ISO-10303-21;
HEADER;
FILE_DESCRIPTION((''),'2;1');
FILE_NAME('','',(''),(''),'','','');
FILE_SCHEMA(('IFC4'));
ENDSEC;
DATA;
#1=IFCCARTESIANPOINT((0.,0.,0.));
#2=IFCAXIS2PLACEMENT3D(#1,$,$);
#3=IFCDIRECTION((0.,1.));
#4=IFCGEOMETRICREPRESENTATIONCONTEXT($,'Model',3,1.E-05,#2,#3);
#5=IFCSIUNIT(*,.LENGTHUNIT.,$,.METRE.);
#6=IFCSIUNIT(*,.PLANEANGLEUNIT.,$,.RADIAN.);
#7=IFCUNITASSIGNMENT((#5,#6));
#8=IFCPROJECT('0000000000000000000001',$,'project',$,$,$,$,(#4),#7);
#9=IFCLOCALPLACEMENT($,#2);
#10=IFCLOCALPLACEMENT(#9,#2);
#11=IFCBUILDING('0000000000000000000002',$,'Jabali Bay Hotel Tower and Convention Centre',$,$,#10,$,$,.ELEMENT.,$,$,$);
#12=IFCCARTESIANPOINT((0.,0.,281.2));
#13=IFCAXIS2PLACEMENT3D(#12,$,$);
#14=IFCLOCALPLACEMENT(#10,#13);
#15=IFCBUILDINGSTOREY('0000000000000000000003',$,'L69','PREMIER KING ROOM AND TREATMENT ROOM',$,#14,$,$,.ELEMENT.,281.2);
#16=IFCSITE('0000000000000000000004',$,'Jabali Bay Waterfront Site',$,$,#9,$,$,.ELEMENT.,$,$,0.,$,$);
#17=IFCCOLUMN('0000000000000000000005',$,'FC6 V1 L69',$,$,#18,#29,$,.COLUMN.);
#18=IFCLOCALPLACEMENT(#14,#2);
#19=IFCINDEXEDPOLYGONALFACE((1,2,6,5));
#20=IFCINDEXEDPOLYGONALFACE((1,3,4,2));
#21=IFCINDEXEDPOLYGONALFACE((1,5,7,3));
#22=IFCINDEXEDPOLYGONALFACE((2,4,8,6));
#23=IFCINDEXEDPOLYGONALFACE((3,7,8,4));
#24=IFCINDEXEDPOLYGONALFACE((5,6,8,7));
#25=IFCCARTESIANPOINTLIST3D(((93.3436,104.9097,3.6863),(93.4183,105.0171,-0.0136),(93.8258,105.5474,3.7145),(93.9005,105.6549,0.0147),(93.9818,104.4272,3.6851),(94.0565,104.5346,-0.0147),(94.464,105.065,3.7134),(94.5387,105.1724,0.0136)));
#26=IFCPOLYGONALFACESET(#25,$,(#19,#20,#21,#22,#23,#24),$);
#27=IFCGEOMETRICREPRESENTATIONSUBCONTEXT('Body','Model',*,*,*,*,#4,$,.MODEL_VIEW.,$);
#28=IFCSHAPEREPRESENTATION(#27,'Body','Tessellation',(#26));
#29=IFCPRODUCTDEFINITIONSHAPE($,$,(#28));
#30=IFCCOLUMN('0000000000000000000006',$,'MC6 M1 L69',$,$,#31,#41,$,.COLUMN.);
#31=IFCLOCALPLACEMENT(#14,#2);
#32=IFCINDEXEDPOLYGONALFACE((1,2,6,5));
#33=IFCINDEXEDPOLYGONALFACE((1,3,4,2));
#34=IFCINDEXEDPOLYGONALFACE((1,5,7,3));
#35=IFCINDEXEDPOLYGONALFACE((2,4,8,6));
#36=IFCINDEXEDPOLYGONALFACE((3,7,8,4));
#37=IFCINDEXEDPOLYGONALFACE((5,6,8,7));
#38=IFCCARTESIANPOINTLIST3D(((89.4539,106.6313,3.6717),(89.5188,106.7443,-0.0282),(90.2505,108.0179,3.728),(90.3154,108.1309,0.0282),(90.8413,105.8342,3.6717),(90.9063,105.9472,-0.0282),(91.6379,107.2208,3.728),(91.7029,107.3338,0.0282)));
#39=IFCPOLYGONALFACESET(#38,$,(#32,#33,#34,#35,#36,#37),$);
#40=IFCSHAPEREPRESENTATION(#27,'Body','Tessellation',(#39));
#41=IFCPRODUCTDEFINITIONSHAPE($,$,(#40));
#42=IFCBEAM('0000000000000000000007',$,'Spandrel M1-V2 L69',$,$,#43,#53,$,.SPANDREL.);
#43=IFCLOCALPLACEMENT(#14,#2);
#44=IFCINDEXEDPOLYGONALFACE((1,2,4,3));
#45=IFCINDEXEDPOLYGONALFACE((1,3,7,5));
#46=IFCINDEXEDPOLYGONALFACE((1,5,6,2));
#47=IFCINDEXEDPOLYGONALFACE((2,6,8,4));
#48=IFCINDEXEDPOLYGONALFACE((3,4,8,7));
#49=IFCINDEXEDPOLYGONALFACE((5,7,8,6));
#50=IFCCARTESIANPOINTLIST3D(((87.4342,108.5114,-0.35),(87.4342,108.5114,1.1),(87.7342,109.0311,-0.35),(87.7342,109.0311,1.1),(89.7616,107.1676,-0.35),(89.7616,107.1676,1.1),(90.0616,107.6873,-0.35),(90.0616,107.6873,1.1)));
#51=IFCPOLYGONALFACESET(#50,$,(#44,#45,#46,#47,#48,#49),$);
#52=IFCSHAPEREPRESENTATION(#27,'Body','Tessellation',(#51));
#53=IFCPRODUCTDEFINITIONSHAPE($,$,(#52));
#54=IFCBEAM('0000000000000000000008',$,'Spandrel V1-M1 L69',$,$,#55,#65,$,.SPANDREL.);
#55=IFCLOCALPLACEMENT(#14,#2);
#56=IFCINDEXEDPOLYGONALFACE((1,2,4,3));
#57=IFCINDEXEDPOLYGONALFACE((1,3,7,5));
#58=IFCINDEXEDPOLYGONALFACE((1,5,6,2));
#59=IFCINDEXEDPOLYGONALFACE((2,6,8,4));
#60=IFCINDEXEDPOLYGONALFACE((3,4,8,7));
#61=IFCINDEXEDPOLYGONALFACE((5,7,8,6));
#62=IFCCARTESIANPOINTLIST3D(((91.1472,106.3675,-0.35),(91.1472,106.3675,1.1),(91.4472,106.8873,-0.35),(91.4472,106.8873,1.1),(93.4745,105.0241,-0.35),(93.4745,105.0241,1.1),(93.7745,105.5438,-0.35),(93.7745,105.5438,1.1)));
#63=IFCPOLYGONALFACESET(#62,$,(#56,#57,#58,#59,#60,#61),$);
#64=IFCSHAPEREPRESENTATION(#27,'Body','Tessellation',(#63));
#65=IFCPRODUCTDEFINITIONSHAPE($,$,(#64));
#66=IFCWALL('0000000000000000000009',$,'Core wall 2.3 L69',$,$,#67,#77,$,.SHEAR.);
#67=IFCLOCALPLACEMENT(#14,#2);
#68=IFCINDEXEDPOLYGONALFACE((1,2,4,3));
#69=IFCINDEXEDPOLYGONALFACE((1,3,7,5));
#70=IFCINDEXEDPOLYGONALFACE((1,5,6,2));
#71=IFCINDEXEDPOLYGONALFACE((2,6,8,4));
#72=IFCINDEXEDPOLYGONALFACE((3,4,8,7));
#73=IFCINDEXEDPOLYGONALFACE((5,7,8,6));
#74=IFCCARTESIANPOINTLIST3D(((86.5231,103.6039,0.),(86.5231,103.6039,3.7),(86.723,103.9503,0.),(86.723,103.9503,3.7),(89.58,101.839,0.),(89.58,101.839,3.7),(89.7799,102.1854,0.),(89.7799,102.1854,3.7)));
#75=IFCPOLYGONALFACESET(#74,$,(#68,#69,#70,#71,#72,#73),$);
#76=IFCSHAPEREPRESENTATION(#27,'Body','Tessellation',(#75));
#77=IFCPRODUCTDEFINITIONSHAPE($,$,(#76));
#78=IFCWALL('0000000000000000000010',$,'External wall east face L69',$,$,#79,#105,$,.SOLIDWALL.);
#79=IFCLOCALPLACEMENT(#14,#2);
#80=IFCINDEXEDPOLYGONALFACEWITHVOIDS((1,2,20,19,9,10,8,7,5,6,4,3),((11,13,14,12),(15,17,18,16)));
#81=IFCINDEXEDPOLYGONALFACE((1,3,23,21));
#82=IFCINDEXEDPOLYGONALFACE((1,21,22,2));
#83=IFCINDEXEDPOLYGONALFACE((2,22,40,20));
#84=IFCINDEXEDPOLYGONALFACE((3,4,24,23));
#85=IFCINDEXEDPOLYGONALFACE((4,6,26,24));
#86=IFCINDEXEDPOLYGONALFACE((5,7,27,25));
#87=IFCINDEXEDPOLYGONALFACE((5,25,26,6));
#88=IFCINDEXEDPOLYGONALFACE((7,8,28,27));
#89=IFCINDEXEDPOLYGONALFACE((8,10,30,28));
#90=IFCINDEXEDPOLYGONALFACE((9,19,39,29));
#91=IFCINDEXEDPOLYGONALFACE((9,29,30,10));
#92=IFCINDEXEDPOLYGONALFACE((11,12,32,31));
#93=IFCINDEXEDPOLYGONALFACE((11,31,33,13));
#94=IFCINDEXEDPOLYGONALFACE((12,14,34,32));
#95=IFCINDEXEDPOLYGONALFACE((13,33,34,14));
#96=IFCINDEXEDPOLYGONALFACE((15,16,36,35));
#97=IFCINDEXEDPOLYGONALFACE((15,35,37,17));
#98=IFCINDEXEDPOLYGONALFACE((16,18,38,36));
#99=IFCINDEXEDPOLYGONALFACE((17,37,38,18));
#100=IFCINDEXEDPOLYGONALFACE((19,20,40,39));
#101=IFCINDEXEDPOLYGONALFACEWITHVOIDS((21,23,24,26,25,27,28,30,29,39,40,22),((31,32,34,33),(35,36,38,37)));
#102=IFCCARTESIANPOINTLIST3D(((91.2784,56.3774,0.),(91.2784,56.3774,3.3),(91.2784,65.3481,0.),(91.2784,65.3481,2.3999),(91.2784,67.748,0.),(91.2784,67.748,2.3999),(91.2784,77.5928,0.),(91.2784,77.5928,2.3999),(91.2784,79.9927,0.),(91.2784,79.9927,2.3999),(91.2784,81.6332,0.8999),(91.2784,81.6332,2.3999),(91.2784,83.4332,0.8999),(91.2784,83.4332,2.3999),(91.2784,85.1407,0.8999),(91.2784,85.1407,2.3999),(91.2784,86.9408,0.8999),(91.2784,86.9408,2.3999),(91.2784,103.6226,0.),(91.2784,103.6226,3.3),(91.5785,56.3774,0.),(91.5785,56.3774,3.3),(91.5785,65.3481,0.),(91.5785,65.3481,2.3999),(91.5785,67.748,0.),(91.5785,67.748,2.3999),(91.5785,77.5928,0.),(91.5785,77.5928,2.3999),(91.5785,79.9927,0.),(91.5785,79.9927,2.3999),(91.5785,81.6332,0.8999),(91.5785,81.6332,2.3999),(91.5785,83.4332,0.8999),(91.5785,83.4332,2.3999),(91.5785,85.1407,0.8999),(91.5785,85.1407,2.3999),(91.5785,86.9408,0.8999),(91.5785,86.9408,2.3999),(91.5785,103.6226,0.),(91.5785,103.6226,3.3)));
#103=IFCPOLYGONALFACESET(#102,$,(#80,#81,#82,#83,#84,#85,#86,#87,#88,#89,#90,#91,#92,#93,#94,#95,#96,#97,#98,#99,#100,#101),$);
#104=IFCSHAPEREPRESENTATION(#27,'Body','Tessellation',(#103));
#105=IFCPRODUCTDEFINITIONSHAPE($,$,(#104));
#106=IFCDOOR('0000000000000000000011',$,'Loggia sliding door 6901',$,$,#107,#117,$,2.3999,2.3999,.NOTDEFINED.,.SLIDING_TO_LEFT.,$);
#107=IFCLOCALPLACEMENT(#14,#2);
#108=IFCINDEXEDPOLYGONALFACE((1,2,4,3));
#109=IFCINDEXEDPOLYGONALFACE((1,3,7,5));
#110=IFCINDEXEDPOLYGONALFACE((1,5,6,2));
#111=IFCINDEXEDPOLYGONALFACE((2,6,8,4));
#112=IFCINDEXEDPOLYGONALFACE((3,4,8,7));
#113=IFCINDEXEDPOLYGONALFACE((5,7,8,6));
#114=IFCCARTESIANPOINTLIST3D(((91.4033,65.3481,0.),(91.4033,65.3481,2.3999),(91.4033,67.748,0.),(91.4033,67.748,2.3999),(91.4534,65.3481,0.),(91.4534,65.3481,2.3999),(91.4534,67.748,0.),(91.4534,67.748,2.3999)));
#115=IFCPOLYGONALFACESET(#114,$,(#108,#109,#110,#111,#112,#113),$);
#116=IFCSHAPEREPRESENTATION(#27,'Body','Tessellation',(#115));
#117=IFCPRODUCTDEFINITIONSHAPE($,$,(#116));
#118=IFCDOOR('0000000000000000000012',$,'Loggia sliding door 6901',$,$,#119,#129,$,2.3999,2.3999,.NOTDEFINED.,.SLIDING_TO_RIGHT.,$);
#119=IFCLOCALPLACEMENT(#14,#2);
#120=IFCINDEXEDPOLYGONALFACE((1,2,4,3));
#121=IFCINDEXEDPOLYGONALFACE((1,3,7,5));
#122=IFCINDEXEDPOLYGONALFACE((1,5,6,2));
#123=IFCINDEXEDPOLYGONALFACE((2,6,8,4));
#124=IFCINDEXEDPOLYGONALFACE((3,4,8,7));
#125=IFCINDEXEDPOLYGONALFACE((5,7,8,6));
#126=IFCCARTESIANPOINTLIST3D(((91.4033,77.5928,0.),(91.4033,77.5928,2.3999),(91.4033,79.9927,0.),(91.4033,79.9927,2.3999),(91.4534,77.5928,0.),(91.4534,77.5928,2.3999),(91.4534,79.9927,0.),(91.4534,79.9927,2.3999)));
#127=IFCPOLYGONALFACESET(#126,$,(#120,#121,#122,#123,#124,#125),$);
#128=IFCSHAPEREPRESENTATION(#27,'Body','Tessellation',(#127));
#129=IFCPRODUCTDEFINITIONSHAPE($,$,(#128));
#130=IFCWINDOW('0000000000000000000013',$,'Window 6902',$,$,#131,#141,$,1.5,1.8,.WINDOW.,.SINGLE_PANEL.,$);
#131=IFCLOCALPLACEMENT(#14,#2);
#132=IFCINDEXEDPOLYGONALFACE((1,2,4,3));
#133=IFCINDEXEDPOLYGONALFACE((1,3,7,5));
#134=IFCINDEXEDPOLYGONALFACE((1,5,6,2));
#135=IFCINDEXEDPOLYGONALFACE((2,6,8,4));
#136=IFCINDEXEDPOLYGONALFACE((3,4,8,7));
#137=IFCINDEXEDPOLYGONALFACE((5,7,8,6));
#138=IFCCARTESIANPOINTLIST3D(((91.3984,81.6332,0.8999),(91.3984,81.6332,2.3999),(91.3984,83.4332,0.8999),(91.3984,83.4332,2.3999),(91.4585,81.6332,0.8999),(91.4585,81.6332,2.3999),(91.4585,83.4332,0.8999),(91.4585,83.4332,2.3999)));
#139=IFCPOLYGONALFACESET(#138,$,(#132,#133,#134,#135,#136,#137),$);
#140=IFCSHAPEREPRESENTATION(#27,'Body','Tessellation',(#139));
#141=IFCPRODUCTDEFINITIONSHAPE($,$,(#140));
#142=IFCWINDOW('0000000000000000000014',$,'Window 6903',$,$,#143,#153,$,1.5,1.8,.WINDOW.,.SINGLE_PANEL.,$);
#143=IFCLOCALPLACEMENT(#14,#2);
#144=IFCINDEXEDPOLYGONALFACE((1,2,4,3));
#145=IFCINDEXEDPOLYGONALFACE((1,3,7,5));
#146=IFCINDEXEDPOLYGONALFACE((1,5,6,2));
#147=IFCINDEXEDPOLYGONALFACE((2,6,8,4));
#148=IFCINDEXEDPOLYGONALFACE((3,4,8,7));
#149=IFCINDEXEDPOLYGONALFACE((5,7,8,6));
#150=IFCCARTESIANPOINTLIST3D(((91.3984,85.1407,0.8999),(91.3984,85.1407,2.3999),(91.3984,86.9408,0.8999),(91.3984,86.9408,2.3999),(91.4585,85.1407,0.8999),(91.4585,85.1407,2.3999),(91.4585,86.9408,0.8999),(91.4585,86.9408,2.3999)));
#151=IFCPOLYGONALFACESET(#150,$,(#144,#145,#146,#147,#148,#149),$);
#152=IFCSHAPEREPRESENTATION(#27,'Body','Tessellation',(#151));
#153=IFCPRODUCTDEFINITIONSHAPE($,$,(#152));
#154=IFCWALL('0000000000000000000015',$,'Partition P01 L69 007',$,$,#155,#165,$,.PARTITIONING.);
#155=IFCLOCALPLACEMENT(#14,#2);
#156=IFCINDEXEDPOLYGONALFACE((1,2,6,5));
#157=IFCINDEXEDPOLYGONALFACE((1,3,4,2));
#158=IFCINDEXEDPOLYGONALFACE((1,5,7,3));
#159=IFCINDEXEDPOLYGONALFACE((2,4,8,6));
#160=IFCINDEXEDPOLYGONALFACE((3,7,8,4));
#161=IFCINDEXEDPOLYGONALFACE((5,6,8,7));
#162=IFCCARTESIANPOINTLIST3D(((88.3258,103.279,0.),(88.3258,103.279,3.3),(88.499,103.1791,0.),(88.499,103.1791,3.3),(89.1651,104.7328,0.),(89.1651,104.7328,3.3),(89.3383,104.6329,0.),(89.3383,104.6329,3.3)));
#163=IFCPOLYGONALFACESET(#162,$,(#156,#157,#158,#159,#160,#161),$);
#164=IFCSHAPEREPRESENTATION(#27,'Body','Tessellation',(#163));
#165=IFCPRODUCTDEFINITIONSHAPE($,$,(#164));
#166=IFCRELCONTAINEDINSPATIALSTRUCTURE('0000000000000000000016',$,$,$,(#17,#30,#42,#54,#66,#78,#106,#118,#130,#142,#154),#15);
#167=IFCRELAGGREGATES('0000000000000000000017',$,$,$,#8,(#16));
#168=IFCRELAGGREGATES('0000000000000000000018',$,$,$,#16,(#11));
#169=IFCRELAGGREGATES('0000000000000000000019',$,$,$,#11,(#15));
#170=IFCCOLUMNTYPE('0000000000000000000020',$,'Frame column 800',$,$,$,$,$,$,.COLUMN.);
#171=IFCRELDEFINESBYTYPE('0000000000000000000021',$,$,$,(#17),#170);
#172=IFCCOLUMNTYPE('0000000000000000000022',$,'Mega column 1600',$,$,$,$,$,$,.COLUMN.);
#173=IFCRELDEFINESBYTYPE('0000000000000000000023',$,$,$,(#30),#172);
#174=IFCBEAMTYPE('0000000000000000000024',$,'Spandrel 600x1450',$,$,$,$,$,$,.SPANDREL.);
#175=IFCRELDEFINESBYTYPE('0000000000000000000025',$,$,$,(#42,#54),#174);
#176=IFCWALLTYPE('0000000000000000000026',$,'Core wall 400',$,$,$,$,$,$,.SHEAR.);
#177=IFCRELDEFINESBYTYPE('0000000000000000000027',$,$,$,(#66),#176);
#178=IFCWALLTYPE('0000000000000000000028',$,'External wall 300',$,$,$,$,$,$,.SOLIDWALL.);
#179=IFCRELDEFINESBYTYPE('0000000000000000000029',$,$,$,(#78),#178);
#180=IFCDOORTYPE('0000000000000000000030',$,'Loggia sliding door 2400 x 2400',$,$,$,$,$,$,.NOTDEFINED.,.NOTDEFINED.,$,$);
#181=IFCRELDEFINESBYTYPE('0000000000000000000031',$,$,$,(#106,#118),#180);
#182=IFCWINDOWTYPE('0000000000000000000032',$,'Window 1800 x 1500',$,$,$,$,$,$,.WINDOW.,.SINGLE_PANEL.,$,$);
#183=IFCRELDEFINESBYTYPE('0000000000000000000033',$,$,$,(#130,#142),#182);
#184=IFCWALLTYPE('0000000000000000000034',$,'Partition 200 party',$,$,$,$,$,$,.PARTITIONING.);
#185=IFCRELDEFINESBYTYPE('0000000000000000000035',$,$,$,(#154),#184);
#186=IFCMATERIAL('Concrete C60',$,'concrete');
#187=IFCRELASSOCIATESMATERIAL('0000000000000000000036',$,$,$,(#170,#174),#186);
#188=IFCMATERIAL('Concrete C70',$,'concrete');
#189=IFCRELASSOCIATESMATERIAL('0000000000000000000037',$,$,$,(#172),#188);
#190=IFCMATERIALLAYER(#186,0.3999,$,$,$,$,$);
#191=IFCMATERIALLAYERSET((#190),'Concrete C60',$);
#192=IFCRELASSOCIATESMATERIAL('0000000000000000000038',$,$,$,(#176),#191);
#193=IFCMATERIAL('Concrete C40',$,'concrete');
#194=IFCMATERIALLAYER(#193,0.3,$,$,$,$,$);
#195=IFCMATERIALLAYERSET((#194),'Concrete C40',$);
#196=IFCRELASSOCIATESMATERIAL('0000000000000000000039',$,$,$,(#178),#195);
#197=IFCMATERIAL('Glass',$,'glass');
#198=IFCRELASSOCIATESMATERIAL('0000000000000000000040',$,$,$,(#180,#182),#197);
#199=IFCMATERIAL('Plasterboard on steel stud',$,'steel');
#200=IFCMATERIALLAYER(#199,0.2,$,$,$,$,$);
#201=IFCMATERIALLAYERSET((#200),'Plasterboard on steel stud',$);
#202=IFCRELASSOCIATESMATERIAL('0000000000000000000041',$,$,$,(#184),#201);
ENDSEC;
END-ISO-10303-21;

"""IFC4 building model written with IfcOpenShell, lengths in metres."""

from ifc_helpers import new_model, si_unit, direction, frame, frame_2d, origin, origin_2d, place, context, subcontext, project, spatial, rectangle, extrude, material, layer, layer_set, material_profile, profile_set, type_object, element, fill, save


model = new_model("IFC4")

# Units and contexts
model_context = context("Model", 3, precision=1e-05, world=origin(), true_north=direction((0.0, 1.0)))
body_context = subcontext(model_context, "Body", "Model", "MODEL_VIEW")
ifc_project = project(units=[si_unit("LENGTHUNIT", "METRE"), si_unit("PLANEANGLEUNIT", "RADIAN")], contexts=[model_context])

# Site, building, storey
site_placement = place(None, origin())
site = spatial("IfcSite", under=ifc_project, at=site_placement, Name="Jabali Bay Waterfront Site", CompositionType="ELEMENT", RefElevation=0.0)
building_placement = place(site_placement, origin())
building = spatial("IfcBuilding", under=site, at=building_placement, Name="Jabali Bay Hotel Tower and Convention Centre", CompositionType="ELEMENT")
storey_placement = place(building_placement, frame((0.0, 0.0, 281.2)))
storey = spatial("IfcBuildingStorey", under=building, at=storey_placement, Name="L69", Description="PREMIER KING ROOM AND TREATMENT ROOM", CompositionType="ELEMENT", Elevation=281.2)

# Columns
ifc_material_1 = material(Name="Concrete C60", Category="concrete")
ifc_material_profile_1 = material_profile(ifc_material_1, rectangle(XDim=0.8, YDim=0.8, at=origin_2d()), Name="Frame column 800")
ifc_profile_set_1 = profile_set([ifc_material_profile_1], Name="Concrete C60")
column_type_1 = type_object("IfcColumnType", Name="Frame column 800", PredefinedType="COLUMN", material=ifc_profile_set_1)
column_1_placement = place(storey_placement, frame((93.9785, 105.0947, 0.0), z_axis=(-0.020179, -0.029015, 0.999375), x_axis=(0.60272, 0.797171, 0.035314)))
element("IfcColumn", 1, at=column_1_placement, inside=storey, type_object=column_type_1, Name="FC6 V1 L69", PredefinedType="COLUMN", context=body_context, shape_type="SweptSolid", body=[
    extrude(rectangle(XDim=0.8, YDim=0.8, at=origin_2d()), origin(), (0.0, 0.0, 1.0), 3.7021),
])
ifc_material_2 = material(Name="Concrete C70", Category="concrete")
ifc_material_profile_2 = material_profile(ifc_material_2, rectangle(XDim=1.6001, YDim=1.6001, at=origin_2d()), Name="Mega column 1600")
ifc_profile_set_2 = profile_set([ifc_material_profile_2], Name="Concrete C70")
column_type_2 = type_object("IfcColumnType", Name="Mega column 1600", PredefinedType="COLUMN", material=ifc_profile_set_2)
column_2_placement = place(storey_placement, frame((90.6108, 107.0391, 0.0), z_axis=(-0.017541, -0.030532, 0.99938), x_axis=(0.86709, -0.498152, 0.0)))
element("IfcColumn", 2, at=column_2_placement, inside=storey, type_object=column_type_2, Name="MC6 M1 L69", PredefinedType="COLUMN", context=body_context, shape_type="SweptSolid", body=[
    extrude(rectangle(XDim=1.6001, YDim=1.6001, at=origin_2d()), origin(), (0.0, 0.0, 1.0), 3.7021),
])

# Beams
ifc_material_profile_3 = material_profile(ifc_material_1, rectangle(XDim=0.6001, YDim=1.45, at=origin_2d()), Name="Spandrel 600x1450")
ifc_profile_set_3 = profile_set([ifc_material_profile_3], Name="Concrete C60")
beam_type = type_object("IfcBeamType", Name="Spandrel 600x1450", PredefinedType="SPANDREL", material=ifc_profile_set_3)
beam_1_placement = place(storey_placement, frame((89.9116, 107.4275, 0.375), z_axis=(-0.866021, 0.500008, 0.0), x_axis=(-0.500008, -0.866021, 0.0)))
element("IfcBeam", 3, at=beam_1_placement, inside=storey, type_object=beam_type, Name="Spandrel M1-V2 L69", PredefinedType="SPANDREL", context=body_context, shape_type="SweptSolid", body=[
    extrude(rectangle(XDim=0.6001, YDim=1.45, at=origin_2d()), origin(), (0.0, 0.0, 1.0), 2.6875),
])
beam_2_placement = place(storey_placement, frame((93.6245, 105.2839, 0.375), z_axis=(-0.86606, 0.49994, 0.0), x_axis=(-0.49994, -0.86606, 0.0)))
element("IfcBeam", 4, at=beam_2_placement, inside=storey, type_object=beam_type, Name="Spandrel V1-M1 L69", PredefinedType="SPANDREL", context=body_context, shape_type="SweptSolid", body=[
    extrude(rectangle(XDim=0.6001, YDim=1.45, at=origin_2d()), origin(), (0.0, 0.0, 1.0), 2.6873),
])

# Wall
ifc_layer_1 = layer(ifc_material_1, 0.3999)
ifc_layer_set_1 = layer_set([ifc_layer_1], Name="Concrete C60")
wall_type_1 = type_object("IfcWallType", Name="Core wall 400", PredefinedType="SHEAR", material=ifc_layer_set_1)
wall_1_placement = place(storey_placement, frame((89.6799, 102.0122, 0.0), z_axis=(0.0, 0.0, 1.0), x_axis=(-0.866025, 0.5, 0.0)))
element("IfcWall", 5, at=wall_1_placement, inside=storey, type_object=wall_type_1, Name="Core wall 2.3 L69", PredefinedType="SHEAR", context=body_context, shape_type="SweptSolid", body=[
    extrude(rectangle(XDim=3.5298, YDim=0.3999, at=frame_2d((1.7649, 0.0))), origin(), (0.0, 0.0, 1.0), 3.7),
])

# Wall, openings, doors, windows
ifc_material_3 = material(Name="Concrete C40", Category="concrete")
ifc_layer_2 = layer(ifc_material_3, 0.3)
ifc_layer_set_2 = layer_set([ifc_layer_2], Name="Concrete C40")
wall_type_2 = type_object("IfcWallType", Name="External wall 300", PredefinedType="SOLIDWALL", material=ifc_layer_set_2)
wall_2_placement = place(storey_placement, frame((91.4285, 103.6226, 0.0), z_axis=(0.0, 0.0, 1.0), x_axis=(0.0, -1.0, 0.0)))
wall_2 = element("IfcWall", 6, at=wall_2_placement, inside=storey, type_object=wall_type_2, Name="External wall east face L69", PredefinedType="SOLIDWALL", context=body_context, shape_type="SweptSolid", body=[
    extrude(rectangle(XDim=47.2451, YDim=0.3, at=frame_2d((23.6226, 0.0))), origin(), (0.0, 0.0, 1.0), 3.3),
])
opening_1_placement = place(wall_2_placement, frame((35.8745, 0.0, 0.0)))
opening_1 = element("IfcOpeningElement", 7, at=opening_1_placement, cuts=wall_2, PredefinedType="OPENING", context=body_context, shape_type="SweptSolid", body=[
    extrude(rectangle(XDim=2.3999, YDim=2.3999, at=frame_2d((1.2, 1.2))), frame((0.0, 0.1606, 0.0), z_axis=(0.0, -1.0, 0.0), x_axis=(1.0, 0.0, 0.0)), (0.0, 0.0, 1.0), 0.321),
])
opening_2_placement = place(wall_2_placement, frame((23.6299, 0.0, 0.0)))
opening_2 = element("IfcOpeningElement", 8, at=opening_2_placement, cuts=wall_2, PredefinedType="OPENING", context=body_context, shape_type="SweptSolid", body=[
    extrude(rectangle(XDim=2.3999, YDim=2.3999, at=frame_2d((1.2, 1.2))), frame((0.0, 0.1606, 0.0), z_axis=(0.0, -1.0, 0.0), x_axis=(1.0, 0.0, 0.0)), (0.0, 0.0, 1.0), 0.321),
])
opening_3_placement = place(wall_2_placement, frame((20.1895, 0.0, 0.8999)))
opening_3 = element("IfcOpeningElement", 9, at=opening_3_placement, cuts=wall_2, PredefinedType="OPENING", context=body_context, shape_type="SweptSolid", body=[
    extrude(rectangle(XDim=1.8, YDim=1.5, at=frame_2d((0.8999, 0.75))), frame((0.0, 0.1606, 0.0), z_axis=(0.0, -1.0, 0.0), x_axis=(1.0, 0.0, 0.0)), (0.0, 0.0, 1.0), 0.321),
])
opening_4_placement = place(wall_2_placement, frame((16.6819, 0.0, 0.8999)))
opening_4 = element("IfcOpeningElement", 10, at=opening_4_placement, cuts=wall_2, PredefinedType="OPENING", context=body_context, shape_type="SweptSolid", body=[
    extrude(rectangle(XDim=1.8, YDim=1.5, at=frame_2d((0.8999, 0.75))), frame((0.0, 0.1606, 0.0), z_axis=(0.0, -1.0, 0.0), x_axis=(1.0, 0.0, 0.0)), (0.0, 0.0, 1.0), 0.321),
])
ifc_material_4 = material(Name="Glass", Category="glass")
door_type = type_object("IfcDoorType", Name="Loggia sliding door 2400 x 2400", OperationType="NOTDEFINED", PredefinedType="NOTDEFINED", material=ifc_material_4)
door_1_placement = place(opening_1_placement, origin())
door_1 = element("IfcDoor", 11, at=door_1_placement, inside=storey, type_object=door_type, Name="Loggia sliding door 6901", OperationType="SLIDING_TO_LEFT", OverallHeight=2.3999, OverallWidth=2.3999, PredefinedType="NOTDEFINED", context=body_context, shape_type="SweptSolid", body=[
    extrude(rectangle(XDim=2.3999, YDim=2.3999, at=frame_2d((1.2, 1.2))), frame((0.0, 0.0249, 0.0), z_axis=(0.0, -1.0, 0.0), x_axis=(1.0, 0.0, 0.0)), (0.0, 0.0, 1.0), 0.05),
])
fill(opening_1, door_1)
door_2_placement = place(opening_2_placement, origin())
door_2 = element("IfcDoor", 12, at=door_2_placement, inside=storey, type_object=door_type, Name="Loggia sliding door 6901", OperationType="SLIDING_TO_RIGHT", OverallHeight=2.3999, OverallWidth=2.3999, PredefinedType="NOTDEFINED", context=body_context, shape_type="SweptSolid", body=[
    extrude(rectangle(XDim=2.3999, YDim=2.3999, at=frame_2d((1.2, 1.2))), frame((0.0, 0.0249, 0.0), z_axis=(0.0, -1.0, 0.0), x_axis=(1.0, 0.0, 0.0)), (0.0, 0.0, 1.0), 0.05),
])
fill(opening_2, door_2)
window_type = type_object("IfcWindowType", Name="Window 1800 x 1500", PartitioningType="SINGLE_PANEL", PredefinedType="WINDOW", material=ifc_material_4)
window_1_placement = place(opening_3_placement, origin())
window_1 = element("IfcWindow", 13, at=window_1_placement, inside=storey, type_object=window_type, Name="Window 6902", OverallHeight=1.5, OverallWidth=1.8, PartitioningType="SINGLE_PANEL", PredefinedType="WINDOW", context=body_context, shape_type="SweptSolid", body=[
    extrude(rectangle(XDim=1.8, YDim=1.5, at=frame_2d((0.8999, 0.75))), frame((0.0, 0.03, 0.0), z_axis=(0.0, -1.0, 0.0), x_axis=(1.0, 0.0, 0.0)), (0.0, 0.0, 1.0), 0.0601),
])
fill(opening_3, window_1)
window_2_placement = place(opening_4_placement, origin())
window_2 = element("IfcWindow", 14, at=window_2_placement, inside=storey, type_object=window_type, Name="Window 6903", OverallHeight=1.5, OverallWidth=1.8, PartitioningType="SINGLE_PANEL", PredefinedType="WINDOW", context=body_context, shape_type="SweptSolid", body=[
    extrude(rectangle(XDim=1.8, YDim=1.5, at=frame_2d((0.8999, 0.75))), frame((0.0, 0.03, 0.0), z_axis=(0.0, -1.0, 0.0), x_axis=(1.0, 0.0, 0.0)), (0.0, 0.0, 1.0), 0.0601),
])
fill(opening_4, window_2)

# Wall
ifc_material_5 = material(Name="Plasterboard on steel stud", Category="steel")
ifc_layer_3 = layer(ifc_material_5, 0.2)
ifc_layer_set_3 = layer_set([ifc_layer_3], Name="Plasterboard on steel stud")
wall_type_3 = type_object("IfcWallType", Name="Partition 200 party", PredefinedType="PARTITIONING", material=ifc_layer_set_3)
wall_3_placement = place(storey_placement, frame((89.2517, 104.6829, 0.0), z_axis=(0.0, 0.0, 1.0), x_axis=(-0.499987, -0.866033, 0.0)))
element("IfcWall", 15, at=wall_3_placement, inside=storey, type_object=wall_type_3, Name="Partition P01 L69 007", PredefinedType="PARTITIONING", context=body_context, shape_type="SweptSolid", body=[
    extrude(rectangle(XDim=1.6787, YDim=0.2, at=frame_2d((0.8394, 0.0))), origin(), (0.0, 0.0, 1.0), 3.3),
])

save(model, "model.ifc")
